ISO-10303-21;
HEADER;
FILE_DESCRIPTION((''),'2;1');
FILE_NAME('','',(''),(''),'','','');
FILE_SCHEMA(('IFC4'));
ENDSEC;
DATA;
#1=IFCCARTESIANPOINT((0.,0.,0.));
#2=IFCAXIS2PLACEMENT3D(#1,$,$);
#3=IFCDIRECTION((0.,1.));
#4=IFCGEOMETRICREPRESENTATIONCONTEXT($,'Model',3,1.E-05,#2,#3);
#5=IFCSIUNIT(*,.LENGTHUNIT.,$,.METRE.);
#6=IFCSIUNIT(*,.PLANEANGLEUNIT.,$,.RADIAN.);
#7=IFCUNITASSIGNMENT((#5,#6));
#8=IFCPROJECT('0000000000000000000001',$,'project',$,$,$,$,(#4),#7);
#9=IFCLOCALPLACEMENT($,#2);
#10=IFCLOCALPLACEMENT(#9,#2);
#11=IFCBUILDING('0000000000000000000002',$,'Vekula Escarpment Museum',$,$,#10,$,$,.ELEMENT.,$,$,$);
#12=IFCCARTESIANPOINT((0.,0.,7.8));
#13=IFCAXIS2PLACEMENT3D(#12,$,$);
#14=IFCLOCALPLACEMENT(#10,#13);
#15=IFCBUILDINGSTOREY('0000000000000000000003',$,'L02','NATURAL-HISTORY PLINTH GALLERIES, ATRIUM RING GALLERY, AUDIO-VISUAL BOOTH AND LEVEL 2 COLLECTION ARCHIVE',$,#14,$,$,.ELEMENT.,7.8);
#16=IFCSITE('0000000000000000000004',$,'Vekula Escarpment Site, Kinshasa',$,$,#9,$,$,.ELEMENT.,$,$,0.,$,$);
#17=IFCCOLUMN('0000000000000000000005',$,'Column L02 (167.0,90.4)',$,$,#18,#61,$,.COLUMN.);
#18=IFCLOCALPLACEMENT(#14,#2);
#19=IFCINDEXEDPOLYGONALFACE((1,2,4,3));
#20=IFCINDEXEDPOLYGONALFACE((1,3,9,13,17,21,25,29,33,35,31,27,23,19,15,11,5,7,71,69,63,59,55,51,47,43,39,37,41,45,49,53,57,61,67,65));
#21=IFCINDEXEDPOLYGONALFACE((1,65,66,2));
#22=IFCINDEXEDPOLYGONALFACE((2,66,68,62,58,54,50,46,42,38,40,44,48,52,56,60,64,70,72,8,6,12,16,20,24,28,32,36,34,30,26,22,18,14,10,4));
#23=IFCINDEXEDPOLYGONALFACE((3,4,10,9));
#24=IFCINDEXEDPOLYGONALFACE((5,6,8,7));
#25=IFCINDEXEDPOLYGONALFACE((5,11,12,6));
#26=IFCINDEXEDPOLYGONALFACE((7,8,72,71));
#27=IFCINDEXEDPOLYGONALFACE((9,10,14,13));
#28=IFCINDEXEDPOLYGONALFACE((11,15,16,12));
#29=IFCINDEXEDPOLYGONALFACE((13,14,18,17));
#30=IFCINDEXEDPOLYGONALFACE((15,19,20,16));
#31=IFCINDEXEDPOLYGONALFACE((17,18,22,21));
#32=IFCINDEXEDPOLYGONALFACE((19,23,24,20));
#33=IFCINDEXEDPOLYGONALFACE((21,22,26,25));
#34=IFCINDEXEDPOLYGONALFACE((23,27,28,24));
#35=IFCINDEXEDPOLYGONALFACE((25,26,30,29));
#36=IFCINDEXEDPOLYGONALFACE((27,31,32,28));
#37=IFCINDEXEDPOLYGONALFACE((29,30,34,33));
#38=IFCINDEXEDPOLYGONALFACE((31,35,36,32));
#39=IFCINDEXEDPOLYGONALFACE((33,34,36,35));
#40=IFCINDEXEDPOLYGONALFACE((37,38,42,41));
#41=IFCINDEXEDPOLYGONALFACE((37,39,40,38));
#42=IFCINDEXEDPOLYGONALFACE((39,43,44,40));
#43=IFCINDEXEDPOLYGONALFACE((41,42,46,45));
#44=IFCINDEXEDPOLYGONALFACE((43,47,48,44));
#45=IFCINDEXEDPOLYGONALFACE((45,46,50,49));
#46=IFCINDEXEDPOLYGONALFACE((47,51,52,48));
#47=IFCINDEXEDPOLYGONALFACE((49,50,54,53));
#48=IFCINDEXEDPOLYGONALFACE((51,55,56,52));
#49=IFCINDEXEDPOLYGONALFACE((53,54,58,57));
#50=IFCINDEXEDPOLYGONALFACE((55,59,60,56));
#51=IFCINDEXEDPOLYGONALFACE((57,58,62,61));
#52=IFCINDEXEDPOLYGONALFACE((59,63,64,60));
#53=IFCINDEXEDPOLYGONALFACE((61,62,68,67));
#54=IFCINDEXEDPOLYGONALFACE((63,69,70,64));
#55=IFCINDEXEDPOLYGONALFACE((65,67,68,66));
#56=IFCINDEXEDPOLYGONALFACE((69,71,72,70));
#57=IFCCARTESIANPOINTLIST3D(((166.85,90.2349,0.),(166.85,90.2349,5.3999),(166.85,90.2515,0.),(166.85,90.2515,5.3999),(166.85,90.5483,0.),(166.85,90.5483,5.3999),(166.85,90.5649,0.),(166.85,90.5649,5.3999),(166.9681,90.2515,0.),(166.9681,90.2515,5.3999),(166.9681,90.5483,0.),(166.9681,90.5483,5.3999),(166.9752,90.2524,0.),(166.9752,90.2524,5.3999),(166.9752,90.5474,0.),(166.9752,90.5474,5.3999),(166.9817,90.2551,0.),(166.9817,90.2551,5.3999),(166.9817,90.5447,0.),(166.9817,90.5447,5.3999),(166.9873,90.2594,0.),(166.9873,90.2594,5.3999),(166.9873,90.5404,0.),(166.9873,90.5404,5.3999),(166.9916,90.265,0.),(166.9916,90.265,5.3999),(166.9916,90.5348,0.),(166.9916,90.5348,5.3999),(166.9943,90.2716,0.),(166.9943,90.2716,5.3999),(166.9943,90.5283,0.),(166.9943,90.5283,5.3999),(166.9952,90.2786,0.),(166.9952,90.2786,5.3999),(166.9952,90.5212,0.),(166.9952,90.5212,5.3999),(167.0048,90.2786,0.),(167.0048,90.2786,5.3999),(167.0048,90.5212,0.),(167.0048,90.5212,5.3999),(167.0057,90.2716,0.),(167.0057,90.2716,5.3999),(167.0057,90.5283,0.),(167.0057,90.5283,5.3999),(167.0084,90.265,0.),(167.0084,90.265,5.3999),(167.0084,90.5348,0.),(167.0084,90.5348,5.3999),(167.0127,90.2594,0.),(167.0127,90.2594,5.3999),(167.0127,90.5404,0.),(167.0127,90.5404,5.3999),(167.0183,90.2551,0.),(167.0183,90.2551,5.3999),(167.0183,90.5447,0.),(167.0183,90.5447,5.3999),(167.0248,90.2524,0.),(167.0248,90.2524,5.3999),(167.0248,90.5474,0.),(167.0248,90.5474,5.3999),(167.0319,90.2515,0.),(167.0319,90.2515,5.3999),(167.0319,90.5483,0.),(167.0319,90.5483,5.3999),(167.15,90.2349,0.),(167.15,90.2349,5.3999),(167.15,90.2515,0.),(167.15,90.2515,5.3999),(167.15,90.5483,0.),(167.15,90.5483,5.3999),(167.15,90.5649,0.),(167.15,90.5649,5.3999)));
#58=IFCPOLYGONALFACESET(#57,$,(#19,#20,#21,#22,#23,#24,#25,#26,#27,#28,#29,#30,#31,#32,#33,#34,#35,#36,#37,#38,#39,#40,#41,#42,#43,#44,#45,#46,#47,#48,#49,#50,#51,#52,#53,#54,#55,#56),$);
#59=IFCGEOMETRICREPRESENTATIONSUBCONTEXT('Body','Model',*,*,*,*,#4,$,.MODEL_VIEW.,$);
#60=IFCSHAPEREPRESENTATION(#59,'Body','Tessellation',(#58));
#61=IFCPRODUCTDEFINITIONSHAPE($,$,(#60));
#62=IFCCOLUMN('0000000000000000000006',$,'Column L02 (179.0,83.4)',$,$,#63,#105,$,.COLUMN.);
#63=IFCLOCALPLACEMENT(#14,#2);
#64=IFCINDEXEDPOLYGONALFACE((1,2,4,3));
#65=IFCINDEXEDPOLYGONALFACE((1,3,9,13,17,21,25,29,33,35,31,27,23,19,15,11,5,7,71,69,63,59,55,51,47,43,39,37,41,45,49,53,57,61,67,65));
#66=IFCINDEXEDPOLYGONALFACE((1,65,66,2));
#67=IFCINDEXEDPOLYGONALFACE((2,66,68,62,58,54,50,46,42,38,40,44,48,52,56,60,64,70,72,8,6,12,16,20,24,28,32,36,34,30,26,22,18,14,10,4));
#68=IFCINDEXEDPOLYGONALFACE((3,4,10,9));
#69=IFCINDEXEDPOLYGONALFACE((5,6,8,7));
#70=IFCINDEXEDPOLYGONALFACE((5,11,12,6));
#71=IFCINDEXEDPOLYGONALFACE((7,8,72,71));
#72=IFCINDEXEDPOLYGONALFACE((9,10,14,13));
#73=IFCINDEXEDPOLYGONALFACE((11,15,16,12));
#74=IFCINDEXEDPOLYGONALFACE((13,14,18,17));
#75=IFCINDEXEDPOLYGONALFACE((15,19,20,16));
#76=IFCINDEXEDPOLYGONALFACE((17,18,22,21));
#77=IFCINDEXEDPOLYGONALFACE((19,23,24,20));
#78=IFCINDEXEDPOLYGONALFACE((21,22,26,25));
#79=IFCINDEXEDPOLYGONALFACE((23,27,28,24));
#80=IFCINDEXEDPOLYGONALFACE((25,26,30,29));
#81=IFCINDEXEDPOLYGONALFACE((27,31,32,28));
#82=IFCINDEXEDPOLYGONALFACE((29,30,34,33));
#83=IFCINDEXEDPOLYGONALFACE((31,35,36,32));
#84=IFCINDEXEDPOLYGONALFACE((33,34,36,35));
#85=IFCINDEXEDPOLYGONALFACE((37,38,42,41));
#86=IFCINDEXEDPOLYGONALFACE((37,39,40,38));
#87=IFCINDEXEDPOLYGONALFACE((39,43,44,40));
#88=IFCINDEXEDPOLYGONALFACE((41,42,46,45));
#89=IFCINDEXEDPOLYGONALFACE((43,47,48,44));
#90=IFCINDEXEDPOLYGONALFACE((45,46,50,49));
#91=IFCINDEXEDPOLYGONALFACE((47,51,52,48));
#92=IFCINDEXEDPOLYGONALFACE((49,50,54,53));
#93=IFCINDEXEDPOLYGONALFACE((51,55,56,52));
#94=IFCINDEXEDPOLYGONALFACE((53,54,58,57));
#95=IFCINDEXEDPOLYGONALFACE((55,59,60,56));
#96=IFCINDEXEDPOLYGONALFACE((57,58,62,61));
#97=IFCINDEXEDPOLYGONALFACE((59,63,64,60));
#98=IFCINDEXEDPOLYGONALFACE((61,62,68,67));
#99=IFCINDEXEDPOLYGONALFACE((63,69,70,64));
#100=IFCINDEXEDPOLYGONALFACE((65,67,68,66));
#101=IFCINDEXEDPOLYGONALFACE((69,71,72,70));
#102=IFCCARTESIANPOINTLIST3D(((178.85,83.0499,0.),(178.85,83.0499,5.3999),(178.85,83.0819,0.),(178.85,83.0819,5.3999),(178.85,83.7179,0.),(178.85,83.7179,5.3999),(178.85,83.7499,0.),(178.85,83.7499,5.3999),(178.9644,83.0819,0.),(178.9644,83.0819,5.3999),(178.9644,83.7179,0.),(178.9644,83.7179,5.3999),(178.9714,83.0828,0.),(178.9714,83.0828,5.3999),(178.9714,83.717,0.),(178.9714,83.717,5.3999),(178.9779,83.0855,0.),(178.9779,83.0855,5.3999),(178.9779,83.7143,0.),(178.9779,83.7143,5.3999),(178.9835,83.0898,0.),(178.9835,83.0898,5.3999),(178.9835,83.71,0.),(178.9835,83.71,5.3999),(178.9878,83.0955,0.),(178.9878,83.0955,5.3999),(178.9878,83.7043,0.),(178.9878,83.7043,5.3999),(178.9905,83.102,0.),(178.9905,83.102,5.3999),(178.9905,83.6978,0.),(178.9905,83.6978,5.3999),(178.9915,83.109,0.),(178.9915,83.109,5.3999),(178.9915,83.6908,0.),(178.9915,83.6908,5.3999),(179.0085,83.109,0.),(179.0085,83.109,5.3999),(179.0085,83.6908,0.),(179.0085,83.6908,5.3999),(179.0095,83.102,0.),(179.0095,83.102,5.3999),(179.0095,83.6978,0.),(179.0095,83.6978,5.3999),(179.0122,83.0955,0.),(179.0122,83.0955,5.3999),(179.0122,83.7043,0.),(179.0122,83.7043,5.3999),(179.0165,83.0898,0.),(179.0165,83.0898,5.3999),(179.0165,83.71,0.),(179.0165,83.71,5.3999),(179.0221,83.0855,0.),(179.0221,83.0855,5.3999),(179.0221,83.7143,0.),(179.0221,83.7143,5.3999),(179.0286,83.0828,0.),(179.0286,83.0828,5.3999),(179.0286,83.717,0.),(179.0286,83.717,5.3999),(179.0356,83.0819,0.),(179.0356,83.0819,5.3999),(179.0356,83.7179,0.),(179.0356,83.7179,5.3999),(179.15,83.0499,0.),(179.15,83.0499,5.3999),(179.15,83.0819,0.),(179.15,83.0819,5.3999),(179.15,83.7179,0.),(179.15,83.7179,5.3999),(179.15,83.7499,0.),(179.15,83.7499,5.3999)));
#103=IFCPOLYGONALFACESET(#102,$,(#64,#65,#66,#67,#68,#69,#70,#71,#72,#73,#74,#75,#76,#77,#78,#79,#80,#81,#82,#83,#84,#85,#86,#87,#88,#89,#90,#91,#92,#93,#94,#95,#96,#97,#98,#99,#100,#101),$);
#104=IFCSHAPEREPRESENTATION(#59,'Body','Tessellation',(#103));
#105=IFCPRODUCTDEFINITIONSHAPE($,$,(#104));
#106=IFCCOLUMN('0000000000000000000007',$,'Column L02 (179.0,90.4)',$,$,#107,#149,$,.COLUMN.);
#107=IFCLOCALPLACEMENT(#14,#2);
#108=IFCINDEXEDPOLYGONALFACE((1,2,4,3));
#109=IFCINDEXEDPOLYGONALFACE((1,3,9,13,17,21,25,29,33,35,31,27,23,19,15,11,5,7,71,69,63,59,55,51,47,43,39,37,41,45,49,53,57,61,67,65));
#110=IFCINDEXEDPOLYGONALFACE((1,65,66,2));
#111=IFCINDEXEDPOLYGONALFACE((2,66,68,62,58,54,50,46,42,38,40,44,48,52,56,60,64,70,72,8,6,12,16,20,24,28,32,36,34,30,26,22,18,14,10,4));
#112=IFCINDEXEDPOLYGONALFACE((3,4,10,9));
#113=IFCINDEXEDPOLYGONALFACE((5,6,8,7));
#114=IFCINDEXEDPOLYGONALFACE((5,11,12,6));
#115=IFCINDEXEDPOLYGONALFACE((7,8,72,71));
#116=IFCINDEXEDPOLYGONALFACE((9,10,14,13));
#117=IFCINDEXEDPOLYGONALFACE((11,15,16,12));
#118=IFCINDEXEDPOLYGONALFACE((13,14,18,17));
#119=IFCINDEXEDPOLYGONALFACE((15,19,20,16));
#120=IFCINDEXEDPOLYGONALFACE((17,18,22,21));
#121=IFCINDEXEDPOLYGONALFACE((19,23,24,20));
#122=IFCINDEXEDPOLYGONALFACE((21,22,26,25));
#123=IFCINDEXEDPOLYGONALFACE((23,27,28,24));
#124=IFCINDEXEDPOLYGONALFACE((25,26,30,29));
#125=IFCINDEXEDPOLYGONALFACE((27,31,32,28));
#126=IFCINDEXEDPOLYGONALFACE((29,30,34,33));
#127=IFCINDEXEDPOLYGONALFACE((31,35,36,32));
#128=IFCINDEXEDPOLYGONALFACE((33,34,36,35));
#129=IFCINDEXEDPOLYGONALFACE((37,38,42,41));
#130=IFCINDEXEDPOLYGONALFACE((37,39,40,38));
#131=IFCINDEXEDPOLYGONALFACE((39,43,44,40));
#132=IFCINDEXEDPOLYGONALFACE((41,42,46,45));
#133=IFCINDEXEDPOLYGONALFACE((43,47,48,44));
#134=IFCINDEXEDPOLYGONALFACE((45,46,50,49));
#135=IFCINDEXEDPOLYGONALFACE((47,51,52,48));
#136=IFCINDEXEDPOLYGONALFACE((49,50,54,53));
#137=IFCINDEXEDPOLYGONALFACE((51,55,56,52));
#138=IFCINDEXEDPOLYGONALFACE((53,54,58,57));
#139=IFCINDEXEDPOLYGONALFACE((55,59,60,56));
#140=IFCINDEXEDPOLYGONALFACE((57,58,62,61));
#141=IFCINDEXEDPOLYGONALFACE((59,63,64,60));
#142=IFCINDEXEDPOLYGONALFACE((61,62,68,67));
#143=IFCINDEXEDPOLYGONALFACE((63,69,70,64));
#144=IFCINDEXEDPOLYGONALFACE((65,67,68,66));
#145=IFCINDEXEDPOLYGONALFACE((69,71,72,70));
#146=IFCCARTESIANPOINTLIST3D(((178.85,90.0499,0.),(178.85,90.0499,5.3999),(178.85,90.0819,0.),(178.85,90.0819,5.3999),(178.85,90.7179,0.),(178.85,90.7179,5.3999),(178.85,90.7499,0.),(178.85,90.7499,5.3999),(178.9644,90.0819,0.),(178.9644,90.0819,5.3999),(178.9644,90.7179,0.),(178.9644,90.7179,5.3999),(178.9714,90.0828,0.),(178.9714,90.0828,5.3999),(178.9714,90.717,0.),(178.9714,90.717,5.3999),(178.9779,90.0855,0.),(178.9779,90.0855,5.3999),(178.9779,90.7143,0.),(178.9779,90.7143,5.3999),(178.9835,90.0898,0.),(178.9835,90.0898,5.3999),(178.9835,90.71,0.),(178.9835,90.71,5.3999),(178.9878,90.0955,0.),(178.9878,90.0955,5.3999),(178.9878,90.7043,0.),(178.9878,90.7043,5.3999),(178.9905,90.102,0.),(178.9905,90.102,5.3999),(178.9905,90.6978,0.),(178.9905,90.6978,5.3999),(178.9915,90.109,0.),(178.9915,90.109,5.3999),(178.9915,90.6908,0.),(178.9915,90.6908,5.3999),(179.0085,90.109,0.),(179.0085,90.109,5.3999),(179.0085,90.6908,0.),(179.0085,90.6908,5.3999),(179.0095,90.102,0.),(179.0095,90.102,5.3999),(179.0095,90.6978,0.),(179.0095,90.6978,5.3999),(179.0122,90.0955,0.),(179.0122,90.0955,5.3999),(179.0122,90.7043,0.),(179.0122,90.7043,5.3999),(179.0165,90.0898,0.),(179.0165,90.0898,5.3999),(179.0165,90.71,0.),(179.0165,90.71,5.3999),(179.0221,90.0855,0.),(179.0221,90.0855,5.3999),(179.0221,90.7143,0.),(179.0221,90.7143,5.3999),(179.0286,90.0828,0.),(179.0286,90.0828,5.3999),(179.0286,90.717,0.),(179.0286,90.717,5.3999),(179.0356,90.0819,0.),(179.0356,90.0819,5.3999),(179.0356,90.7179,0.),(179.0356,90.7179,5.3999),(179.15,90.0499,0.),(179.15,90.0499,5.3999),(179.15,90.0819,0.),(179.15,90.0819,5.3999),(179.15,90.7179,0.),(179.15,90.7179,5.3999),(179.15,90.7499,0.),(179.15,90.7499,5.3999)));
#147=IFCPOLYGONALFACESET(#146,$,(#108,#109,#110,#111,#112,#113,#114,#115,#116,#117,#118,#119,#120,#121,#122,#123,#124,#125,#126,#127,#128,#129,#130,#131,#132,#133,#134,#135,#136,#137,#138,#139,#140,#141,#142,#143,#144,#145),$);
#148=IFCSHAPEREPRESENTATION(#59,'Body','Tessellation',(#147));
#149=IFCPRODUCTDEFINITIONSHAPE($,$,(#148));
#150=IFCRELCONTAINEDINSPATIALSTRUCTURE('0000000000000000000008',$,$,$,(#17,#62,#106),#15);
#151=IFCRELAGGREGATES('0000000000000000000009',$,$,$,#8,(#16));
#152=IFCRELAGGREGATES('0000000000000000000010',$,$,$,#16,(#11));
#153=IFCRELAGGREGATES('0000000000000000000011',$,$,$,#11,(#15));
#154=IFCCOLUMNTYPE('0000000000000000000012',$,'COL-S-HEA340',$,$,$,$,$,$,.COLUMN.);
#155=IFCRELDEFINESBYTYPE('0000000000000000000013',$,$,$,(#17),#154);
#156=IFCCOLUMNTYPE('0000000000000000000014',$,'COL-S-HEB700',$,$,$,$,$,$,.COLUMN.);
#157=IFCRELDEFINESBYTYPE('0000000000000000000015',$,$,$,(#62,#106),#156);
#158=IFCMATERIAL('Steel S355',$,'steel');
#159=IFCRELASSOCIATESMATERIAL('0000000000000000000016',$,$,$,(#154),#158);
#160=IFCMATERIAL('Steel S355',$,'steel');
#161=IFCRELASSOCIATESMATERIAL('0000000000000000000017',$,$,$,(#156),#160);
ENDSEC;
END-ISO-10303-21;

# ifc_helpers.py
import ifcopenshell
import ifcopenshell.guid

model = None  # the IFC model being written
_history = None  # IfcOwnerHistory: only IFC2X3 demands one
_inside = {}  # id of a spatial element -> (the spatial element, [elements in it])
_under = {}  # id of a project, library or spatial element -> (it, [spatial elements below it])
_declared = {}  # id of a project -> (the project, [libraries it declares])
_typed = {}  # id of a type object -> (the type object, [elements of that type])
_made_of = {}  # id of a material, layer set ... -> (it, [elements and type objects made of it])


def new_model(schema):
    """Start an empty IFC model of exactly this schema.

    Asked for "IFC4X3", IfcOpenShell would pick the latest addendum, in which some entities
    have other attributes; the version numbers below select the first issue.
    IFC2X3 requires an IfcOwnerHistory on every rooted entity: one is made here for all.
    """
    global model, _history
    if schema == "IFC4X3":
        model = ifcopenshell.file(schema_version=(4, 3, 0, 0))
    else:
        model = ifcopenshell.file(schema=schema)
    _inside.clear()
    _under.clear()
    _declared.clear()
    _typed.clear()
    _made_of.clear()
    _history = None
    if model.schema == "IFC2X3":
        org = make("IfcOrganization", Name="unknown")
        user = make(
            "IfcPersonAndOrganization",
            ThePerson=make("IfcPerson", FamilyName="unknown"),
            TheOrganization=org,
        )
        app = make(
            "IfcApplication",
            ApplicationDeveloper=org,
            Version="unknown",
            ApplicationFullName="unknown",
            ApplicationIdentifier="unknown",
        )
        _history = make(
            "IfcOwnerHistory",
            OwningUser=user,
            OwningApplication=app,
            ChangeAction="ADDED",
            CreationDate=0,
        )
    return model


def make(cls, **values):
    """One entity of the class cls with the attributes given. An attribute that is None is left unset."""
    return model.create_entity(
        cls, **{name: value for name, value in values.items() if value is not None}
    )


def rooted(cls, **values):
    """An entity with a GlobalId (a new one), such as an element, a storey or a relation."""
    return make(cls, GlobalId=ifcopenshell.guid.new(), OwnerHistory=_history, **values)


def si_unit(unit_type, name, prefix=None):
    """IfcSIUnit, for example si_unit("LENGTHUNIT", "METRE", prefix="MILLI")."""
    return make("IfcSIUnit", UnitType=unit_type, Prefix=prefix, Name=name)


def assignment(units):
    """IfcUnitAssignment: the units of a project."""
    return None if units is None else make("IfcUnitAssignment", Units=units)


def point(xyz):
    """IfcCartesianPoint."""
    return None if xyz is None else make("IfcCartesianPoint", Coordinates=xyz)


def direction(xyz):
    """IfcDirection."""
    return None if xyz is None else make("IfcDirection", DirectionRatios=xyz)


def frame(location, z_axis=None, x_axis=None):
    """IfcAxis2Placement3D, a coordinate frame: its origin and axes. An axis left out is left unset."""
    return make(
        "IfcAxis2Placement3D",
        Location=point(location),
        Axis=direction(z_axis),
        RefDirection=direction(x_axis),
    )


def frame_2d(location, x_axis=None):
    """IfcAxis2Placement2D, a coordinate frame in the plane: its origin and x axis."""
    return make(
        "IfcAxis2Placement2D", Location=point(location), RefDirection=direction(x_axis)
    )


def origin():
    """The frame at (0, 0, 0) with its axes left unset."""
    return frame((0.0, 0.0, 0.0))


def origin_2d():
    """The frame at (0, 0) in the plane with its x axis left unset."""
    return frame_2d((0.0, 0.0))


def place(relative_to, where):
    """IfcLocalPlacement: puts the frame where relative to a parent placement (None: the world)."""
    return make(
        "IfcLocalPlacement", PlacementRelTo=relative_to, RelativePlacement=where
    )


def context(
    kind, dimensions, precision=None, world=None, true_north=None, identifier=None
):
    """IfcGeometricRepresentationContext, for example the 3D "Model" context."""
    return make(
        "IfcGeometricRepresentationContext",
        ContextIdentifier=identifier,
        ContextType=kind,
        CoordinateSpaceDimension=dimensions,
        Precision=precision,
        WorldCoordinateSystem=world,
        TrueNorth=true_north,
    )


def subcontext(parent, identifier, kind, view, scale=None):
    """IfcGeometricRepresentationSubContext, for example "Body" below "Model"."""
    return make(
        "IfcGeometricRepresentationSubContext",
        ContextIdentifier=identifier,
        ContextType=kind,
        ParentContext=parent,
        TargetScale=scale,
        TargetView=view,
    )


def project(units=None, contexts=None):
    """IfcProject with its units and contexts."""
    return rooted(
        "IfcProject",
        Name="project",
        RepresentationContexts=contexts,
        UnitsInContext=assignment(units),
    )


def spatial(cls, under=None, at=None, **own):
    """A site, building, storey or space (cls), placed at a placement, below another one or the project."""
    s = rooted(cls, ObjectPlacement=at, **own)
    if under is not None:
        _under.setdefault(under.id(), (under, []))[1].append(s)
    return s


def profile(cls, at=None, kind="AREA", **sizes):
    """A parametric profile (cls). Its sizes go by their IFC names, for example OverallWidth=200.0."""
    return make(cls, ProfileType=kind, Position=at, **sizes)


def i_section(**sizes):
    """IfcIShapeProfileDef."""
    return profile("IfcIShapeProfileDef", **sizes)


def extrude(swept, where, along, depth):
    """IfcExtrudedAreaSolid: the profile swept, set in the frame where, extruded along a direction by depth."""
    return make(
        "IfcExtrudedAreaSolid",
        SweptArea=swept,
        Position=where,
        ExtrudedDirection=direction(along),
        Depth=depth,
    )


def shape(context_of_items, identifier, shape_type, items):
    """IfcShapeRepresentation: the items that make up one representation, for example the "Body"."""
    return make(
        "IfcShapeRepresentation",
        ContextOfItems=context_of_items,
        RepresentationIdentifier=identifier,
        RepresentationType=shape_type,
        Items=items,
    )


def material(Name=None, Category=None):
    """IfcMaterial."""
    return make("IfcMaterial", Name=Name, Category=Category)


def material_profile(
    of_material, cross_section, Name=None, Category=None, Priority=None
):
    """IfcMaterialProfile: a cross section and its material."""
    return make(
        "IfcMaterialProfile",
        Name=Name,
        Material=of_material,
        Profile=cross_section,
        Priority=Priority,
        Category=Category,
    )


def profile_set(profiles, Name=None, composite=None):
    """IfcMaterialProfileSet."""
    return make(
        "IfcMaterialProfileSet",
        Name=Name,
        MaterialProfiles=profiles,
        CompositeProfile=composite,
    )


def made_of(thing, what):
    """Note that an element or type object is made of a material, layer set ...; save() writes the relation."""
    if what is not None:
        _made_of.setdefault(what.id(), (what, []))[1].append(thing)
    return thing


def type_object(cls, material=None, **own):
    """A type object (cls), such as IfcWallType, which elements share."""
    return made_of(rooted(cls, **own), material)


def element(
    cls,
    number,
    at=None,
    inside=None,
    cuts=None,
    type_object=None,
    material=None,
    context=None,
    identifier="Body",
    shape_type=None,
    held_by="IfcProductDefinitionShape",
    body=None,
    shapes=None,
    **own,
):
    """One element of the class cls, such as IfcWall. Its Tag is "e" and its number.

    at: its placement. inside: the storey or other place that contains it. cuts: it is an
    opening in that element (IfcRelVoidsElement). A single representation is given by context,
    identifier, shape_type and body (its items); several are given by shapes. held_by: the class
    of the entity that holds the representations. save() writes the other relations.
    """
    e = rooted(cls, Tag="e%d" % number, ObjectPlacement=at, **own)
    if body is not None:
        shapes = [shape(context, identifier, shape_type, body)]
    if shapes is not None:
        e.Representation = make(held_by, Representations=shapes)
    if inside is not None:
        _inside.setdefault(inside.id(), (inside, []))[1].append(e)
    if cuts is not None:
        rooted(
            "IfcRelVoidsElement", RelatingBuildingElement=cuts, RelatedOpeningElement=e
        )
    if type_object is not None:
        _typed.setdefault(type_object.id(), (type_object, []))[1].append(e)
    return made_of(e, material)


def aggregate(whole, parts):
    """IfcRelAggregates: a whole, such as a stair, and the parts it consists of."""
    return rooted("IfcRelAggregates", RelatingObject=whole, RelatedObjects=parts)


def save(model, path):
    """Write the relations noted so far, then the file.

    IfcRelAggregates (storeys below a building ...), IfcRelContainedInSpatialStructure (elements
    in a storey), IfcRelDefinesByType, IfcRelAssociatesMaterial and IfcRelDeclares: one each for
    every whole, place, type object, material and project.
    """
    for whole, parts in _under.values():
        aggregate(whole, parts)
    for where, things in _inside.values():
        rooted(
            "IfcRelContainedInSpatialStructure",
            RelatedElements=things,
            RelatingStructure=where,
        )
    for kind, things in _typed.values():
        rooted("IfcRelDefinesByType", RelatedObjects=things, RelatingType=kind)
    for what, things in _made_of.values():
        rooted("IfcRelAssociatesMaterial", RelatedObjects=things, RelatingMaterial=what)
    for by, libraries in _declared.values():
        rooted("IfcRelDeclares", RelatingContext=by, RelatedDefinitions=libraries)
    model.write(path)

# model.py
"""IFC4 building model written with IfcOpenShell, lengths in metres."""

from ifc_helpers import new_model, si_unit, direction, frame, origin, origin_2d, place, context, subcontext, project, spatial, i_section, extrude, material, material_profile, profile_set, type_object, element, save


model = new_model("IFC4")

# Units and contexts
model_context = context("Model", 3, precision=1e-05, world=origin(), true_north=direction((0.0, 1.0)))
body_context = subcontext(model_context, "Body", "Model", "MODEL_VIEW")
ifc_project = project(units=[si_unit("LENGTHUNIT", "METRE"), si_unit("PLANEANGLEUNIT", "RADIAN")], contexts=[model_context])

# Site, building, storey
site_placement = place(None, origin())
site = spatial("IfcSite", under=ifc_project, at=site_placement, Name="Vekula Escarpment Site, Kinshasa", CompositionType="ELEMENT", RefElevation=0.0)
building_placement = place(site_placement, origin())
building = spatial("IfcBuilding", under=site, at=building_placement, Name="Vekula Escarpment Museum", CompositionType="ELEMENT")
storey_placement = place(building_placement, frame((0.0, 0.0, 7.8)))
storey = spatial("IfcBuildingStorey", under=building, at=storey_placement, Name="L02", Description="NATURAL-HISTORY PLINTH GALLERIES, ATRIUM RING GALLERY, AUDIO-VISUAL BOOTH AND LEVEL 2 COLLECTION ARCHIVE", CompositionType="ELEMENT", Elevation=7.8)

# Columns
ifc_material_1 = material(Name="Steel S355", Category="steel")
ifc_material_profile_1 = material_profile(ifc_material_1, i_section(OverallWidth=0.3, OverallDepth=0.3301, WebThickness=0.0095, FlangeThickness=0.0166, FilletRadius=0.0271, at=origin_2d()), Name="HEA 340")
ifc_profile_set_1 = profile_set([ifc_material_profile_1], Name="Steel S355")
column_type_1 = type_object("IfcColumnType", Name="COL-S-HEA340", PredefinedType="COLUMN", material=ifc_profile_set_1)
column_1_placement = place(storey_placement, frame((167.0, 90.3999, 0.0), z_axis=(0.0, 0.0, 1.0), x_axis=(1.0, 0.0, 0.0)))
element("IfcColumn", 1, at=column_1_placement, inside=storey, type_object=column_type_1, Name="Column L02 (167.0,90.4)", PredefinedType="COLUMN", context=body_context, shape_type="SweptSolid", body=[
    extrude(i_section(OverallWidth=0.3, OverallDepth=0.3301, WebThickness=0.0095, FlangeThickness=0.0166, FilletRadius=0.0271, at=origin_2d()), origin(), (0.0, 0.0, 1.0), 5.3999),
])
ifc_material_2 = material(Name="Steel S355", Category="steel")
ifc_material_profile_2 = material_profile(ifc_material_2, i_section(OverallWidth=0.3, OverallDepth=0.7, WebThickness=0.0171, FlangeThickness=0.032, FilletRadius=0.0271, at=origin_2d()), Name="HEB 700")
ifc_profile_set_2 = profile_set([ifc_material_profile_2], Name="Steel S355")
column_type_2 = type_object("IfcColumnType", Name="COL-S-HEB700", PredefinedType="COLUMN", material=ifc_profile_set_2)
for number, where, z_axis, x_axis, name in (
    (2, (179.0, 83.3999, 0.0), (0.0, 0.0, 1.0), (1.0, 0.0, 0.0), "Column L02 (179.0,83.4)"),
    (3, (179.0, 90.3999, 0.0), (0.0, 0.0, 1.0), (1.0, 0.0, 0.0), "Column L02 (179.0,90.4)"),
):
    element("IfcColumn", number, at=place(storey_placement, frame(where, z_axis=z_axis, x_axis=x_axis)), inside=storey, type_object=column_type_2, Name=name, PredefinedType="COLUMN", context=body_context, shape_type="SweptSolid", body=[
        extrude(i_section(OverallWidth=0.3, OverallDepth=0.7, WebThickness=0.0171, FlangeThickness=0.032, FilletRadius=0.0271, at=origin_2d()), origin(), (0.0, 0.0, 1.0), 5.3999),
    ])

save(model, "model.ifc")
